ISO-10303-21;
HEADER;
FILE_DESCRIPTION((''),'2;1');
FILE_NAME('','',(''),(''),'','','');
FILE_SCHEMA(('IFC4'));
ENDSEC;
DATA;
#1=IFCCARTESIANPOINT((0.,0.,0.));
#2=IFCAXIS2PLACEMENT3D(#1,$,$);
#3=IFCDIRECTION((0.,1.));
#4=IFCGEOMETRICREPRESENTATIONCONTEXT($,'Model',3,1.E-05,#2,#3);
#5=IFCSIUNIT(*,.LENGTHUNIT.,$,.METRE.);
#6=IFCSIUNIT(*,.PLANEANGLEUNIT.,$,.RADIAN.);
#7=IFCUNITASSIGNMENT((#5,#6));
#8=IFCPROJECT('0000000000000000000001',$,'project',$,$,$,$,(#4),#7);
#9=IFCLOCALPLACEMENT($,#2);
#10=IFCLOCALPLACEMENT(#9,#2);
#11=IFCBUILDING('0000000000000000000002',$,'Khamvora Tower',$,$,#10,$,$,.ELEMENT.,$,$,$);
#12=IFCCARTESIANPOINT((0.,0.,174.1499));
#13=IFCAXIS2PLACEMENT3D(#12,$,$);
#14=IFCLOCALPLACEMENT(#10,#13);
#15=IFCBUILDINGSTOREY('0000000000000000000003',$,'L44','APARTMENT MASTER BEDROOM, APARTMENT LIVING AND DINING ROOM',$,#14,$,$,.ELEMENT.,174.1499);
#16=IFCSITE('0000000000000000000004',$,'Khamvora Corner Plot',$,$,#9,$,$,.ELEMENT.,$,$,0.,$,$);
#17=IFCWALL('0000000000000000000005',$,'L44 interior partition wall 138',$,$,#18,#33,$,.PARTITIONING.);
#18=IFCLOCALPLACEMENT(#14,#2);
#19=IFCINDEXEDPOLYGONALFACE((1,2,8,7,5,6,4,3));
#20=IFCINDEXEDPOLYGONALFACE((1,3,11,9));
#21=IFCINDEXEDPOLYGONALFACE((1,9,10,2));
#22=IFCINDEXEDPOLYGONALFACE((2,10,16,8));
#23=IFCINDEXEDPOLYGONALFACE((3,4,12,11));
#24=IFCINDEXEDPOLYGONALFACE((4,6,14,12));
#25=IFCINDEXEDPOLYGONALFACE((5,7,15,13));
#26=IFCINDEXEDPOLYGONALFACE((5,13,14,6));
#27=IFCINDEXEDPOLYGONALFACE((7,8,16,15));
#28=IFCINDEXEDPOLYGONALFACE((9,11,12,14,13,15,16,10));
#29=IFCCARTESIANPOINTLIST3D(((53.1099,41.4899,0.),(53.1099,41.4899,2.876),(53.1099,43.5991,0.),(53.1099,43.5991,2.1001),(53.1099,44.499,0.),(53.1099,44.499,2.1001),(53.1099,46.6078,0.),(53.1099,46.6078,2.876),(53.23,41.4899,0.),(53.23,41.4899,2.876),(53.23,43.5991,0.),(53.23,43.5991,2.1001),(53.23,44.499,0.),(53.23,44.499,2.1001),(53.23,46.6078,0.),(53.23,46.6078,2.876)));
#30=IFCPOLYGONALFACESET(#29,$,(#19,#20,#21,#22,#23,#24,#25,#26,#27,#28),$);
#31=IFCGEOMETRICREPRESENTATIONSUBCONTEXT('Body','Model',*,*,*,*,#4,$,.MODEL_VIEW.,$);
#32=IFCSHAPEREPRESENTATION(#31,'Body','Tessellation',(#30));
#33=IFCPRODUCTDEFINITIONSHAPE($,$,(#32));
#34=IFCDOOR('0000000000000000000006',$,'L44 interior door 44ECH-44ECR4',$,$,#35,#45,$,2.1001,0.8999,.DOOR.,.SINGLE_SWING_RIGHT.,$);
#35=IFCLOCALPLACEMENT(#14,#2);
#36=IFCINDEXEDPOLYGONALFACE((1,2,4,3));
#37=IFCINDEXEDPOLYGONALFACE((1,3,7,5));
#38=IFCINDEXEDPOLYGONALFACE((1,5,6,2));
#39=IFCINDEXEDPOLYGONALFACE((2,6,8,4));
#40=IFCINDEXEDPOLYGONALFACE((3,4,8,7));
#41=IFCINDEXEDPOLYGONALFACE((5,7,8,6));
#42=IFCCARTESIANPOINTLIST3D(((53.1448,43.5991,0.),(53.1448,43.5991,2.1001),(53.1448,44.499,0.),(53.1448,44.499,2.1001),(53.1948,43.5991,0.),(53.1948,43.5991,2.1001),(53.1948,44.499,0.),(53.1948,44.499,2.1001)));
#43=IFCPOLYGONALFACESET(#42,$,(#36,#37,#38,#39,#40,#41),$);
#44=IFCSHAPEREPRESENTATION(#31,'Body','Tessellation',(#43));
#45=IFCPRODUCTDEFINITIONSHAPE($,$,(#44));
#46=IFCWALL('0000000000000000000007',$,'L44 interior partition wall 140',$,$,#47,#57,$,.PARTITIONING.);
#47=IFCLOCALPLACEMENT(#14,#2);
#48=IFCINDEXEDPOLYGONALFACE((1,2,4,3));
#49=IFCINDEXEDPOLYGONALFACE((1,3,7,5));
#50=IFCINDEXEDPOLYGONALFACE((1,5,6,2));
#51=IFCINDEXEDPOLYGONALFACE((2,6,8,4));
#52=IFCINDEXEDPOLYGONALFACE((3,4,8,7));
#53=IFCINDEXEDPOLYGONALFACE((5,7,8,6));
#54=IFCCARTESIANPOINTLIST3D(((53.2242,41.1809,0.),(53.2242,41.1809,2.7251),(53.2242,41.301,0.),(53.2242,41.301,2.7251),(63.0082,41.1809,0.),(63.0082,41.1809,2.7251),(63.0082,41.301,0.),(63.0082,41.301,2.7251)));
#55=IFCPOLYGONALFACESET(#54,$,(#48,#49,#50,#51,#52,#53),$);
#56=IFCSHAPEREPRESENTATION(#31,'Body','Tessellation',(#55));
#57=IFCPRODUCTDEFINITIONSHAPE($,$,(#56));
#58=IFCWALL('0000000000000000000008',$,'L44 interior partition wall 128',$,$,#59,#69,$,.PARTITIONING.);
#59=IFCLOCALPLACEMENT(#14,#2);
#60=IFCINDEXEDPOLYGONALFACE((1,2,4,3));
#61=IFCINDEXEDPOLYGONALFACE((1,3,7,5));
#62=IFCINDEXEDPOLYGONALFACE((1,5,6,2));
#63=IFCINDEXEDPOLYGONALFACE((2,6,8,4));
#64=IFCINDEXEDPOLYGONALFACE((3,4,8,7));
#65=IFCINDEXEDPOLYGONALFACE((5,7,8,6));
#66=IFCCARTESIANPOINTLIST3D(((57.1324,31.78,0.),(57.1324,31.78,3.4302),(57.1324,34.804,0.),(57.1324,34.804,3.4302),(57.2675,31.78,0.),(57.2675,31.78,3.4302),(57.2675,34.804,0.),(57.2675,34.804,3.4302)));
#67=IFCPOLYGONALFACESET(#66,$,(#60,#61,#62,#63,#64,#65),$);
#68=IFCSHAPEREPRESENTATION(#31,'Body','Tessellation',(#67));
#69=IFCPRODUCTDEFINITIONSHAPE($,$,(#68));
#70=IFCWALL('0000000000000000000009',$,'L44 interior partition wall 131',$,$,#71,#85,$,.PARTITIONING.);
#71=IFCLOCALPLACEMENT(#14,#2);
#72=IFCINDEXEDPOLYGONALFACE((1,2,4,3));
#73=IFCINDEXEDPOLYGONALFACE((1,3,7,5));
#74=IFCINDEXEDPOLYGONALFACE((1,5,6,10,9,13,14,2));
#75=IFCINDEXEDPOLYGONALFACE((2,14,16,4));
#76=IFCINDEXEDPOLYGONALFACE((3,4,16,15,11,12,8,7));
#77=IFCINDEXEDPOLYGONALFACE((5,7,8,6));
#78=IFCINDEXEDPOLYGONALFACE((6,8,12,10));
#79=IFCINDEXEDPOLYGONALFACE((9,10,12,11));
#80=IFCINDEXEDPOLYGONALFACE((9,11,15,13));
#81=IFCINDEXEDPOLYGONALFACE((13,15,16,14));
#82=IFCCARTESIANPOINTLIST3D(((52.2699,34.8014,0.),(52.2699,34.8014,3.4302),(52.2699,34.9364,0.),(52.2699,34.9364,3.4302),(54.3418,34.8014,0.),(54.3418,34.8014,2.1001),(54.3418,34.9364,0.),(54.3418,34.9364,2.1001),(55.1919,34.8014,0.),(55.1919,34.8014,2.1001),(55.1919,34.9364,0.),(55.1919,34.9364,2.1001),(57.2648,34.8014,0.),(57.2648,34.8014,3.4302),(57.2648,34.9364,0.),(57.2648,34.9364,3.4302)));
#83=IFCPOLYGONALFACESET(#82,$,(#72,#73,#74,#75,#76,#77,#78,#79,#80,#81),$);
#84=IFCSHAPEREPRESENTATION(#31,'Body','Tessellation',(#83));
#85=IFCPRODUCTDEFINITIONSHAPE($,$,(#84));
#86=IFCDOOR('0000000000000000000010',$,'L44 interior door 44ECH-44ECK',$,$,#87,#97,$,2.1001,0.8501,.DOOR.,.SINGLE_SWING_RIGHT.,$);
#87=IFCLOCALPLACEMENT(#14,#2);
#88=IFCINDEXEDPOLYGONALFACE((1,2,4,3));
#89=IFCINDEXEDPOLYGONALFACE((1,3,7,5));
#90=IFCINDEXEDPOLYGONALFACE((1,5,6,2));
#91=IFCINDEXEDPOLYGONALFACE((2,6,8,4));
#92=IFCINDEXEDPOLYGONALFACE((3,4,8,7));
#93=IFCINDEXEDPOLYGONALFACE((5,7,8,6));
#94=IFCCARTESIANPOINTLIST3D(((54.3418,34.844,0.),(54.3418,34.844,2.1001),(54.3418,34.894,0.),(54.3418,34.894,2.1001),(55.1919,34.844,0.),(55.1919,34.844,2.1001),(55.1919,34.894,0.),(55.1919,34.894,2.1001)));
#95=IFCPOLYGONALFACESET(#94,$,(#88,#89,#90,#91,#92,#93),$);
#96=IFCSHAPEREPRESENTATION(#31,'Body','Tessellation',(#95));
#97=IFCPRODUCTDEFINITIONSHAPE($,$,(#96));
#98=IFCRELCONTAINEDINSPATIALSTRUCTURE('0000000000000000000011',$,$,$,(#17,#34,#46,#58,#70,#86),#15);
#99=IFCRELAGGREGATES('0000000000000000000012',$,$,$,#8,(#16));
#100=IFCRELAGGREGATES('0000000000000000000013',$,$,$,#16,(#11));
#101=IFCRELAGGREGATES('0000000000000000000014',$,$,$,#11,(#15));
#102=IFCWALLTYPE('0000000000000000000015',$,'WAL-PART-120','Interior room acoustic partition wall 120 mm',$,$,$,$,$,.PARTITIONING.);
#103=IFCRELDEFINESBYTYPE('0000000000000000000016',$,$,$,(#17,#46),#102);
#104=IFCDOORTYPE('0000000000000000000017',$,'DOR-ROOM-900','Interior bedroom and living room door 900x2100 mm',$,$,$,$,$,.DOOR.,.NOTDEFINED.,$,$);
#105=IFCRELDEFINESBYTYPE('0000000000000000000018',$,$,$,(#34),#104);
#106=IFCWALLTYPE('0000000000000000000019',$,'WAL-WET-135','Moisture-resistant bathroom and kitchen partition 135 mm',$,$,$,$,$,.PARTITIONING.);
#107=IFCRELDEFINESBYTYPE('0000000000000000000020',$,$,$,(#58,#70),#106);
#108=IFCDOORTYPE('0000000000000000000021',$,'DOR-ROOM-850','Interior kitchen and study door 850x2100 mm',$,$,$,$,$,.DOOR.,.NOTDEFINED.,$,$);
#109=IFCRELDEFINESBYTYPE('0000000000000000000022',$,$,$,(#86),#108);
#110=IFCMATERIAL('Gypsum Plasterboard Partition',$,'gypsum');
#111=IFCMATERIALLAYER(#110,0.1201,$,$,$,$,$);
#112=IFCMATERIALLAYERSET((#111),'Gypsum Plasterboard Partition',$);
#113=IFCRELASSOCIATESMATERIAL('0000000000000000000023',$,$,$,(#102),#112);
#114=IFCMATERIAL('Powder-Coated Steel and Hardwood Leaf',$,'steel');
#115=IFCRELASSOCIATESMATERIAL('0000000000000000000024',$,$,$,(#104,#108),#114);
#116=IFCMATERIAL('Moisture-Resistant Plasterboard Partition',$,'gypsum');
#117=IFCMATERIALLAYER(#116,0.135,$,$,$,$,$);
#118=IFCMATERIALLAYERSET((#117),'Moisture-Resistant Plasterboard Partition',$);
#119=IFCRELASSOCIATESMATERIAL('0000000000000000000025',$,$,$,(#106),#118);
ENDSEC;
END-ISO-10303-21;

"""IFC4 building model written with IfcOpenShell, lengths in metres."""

from ifc_helpers import new_model, si_unit, direction, frame, frame_2d, origin, place, context, subcontext, project, spatial, rectangle, extrude, material, layer, layer_set, type_object, element, fill, save


model = new_model("IFC4")

# Units and contexts
model_context = context("Model", 3, precision=1e-05, world=origin(), true_north=direction((0.0, 1.0)))
body_context = subcontext(model_context, "Body", "Model", "MODEL_VIEW")
ifc_project = project(units=[si_unit("LENGTHUNIT", "METRE"), si_unit("PLANEANGLEUNIT", "RADIAN")], contexts=[model_context])

# Site, building, storey
site_placement = place(None, origin())
site = spatial("IfcSite", under=ifc_project, at=site_placement, Name="Khamvora Corner Plot", CompositionType="ELEMENT", RefElevation=0.0)
building_placement = place(site_placement, origin())
building = spatial("IfcBuilding", under=site, at=building_placement, Name="Khamvora Tower", CompositionType="ELEMENT")
storey_placement = place(building_placement, frame((0.0, 0.0, 174.1499)))
storey = spatial("IfcBuildingStorey", under=building, at=storey_placement, Name="L44", Description="APARTMENT MASTER BEDROOM, APARTMENT LIVING AND DINING ROOM", CompositionType="ELEMENT", Elevation=174.1499)

# Shared definitions
ifc_material_1 = material(Name="Powder-Coated Steel and Hardwood Leaf", Category="steel")

# Wall, opening, door
ifc_material_2 = material(Name="Gypsum Plasterboard Partition", Category="gypsum")
ifc_layer_1 = layer(ifc_material_2, 0.1201)
ifc_layer_set_1 = layer_set([ifc_layer_1], Name="Gypsum Plasterboard Partition")
wall_type_1 = type_object("IfcWallType", Name="WAL-PART-120", Description="Interior room acoustic partition wall 120 mm", PredefinedType="PARTITIONING", material=ifc_layer_set_1)
door_type_1 = type_object("IfcDoorType", Name="DOR-ROOM-900", Description="Interior bedroom and living room door 900x2100 mm", OperationType="NOTDEFINED", PredefinedType="DOOR", material=ifc_material_1)
wall_1_placement = place(storey_placement, frame((53.1699, 46.6079, 0.0), z_axis=(0.0, 0.0, 1.0), x_axis=(0.0, -1.0, 0.0)))
wall_1 = element("IfcWall", 1, at=wall_1_placement, inside=storey, type_object=wall_type_1, Name="L44 interior partition wall 138", PredefinedType="PARTITIONING", context=body_context, shape_type="SweptSolid", body=[
    extrude(rectangle(XDim=5.1179, YDim=0.1201, at=frame_2d((2.5591, 0.0))), origin(), (0.0, 0.0, 1.0), 2.876),
])
opening_1_placement = place(wall_1_placement, frame((2.1089, 0.0, 0.0)))
opening_1 = element("IfcOpeningElement", 2, at=opening_1_placement, cuts=wall_1, PredefinedType="OPENING", context=body_context, shape_type="SweptSolid", body=[
    extrude(rectangle(XDim=0.8999, YDim=2.1001, at=frame_2d((0.45, 1.05))), frame((0.0, 0.0701, 0.0), z_axis=(0.0, -1.0, 0.0), x_axis=(1.0, 0.0, 0.0)), (0.0, 0.0, 1.0), 0.1401),
])
door_1_placement = place(opening_1_placement, origin())
door_1 = element("IfcDoor", 3, at=door_1_placement, inside=storey, type_object=door_type_1, Name="L44 interior door 44ECH-44ECR4", OperationType="SINGLE_SWING_RIGHT", OverallHeight=2.1001, OverallWidth=0.8999, PredefinedType="DOOR", context=body_context, shape_type="SweptSolid", body=[
    extrude(rectangle(XDim=0.8999, YDim=2.1001, at=frame_2d((0.45, 1.05))), frame((0.0, 0.0249, 0.0), z_axis=(0.0, -1.0, 0.0), x_axis=(1.0, 0.0, 0.0)), (0.0, 0.0, 1.0), 0.05),
])
fill(opening_1, door_1)

# Walls
wall_2_placement = place(storey_placement, frame((53.2241, 41.241, 0.0), z_axis=(0.0, 0.0, 1.0), x_axis=(1.0, 0.0, 0.0)))
element("IfcWall", 4, at=wall_2_placement, inside=storey, type_object=wall_type_1, Name="L44 interior partition wall 140", PredefinedType="PARTITIONING", context=body_context, shape_type="SweptSolid", body=[
    extrude(rectangle(XDim=9.7839, YDim=0.1201, at=frame_2d((4.8921, 0.0))), origin(), (0.0, 0.0, 1.0), 2.7251),
])
ifc_material_3 = material(Name="Moisture-Resistant Plasterboard Partition", Category="gypsum")
ifc_layer_2 = layer(ifc_material_3, 0.135)
ifc_layer_set_2 = layer_set([ifc_layer_2], Name="Moisture-Resistant Plasterboard Partition")
wall_type_2 = type_object("IfcWallType", Name="WAL-WET-135", Description="Moisture-resistant bathroom and kitchen partition 135 mm", PredefinedType="PARTITIONING", material=ifc_layer_set_2)
wall_3_placement = place(storey_placement, frame((57.2, 31.78, 0.0), z_axis=(0.0, 0.0, 1.0), x_axis=(0.0, 1.0, 0.0)))
element("IfcWall", 5, at=wall_3_placement, inside=storey, type_object=wall_type_2, Name="L44 interior partition wall 128", PredefinedType="PARTITIONING", context=body_context, shape_type="SweptSolid", body=[
    extrude(rectangle(XDim=3.0239, YDim=0.135, at=frame_2d((1.512, 0.0))), origin(), (0.0, 0.0, 1.0), 3.4302),
])

# Wall, opening, door
wall_4_placement = place(storey_placement, frame((57.2649, 34.8689, 0.0), z_axis=(0.0, 0.0, 1.0), x_axis=(-1.0, 0.0, 0.0)))
wall_4 = element("IfcWall", 6, at=wall_4_placement, inside=storey, type_object=wall_type_2, Name="L44 interior partition wall 131", PredefinedType="PARTITIONING", context=body_context, shape_type="SweptSolid", body=[
    extrude(rectangle(XDim=4.9949, YDim=0.135, at=frame_2d((2.4976, 0.0))), origin(), (0.0, 0.0, 1.0), 3.4302),
])
opening_2_placement = place(wall_4_placement, frame((2.073, 0.0, 0.0)))
opening_2 = element("IfcOpeningElement", 7, at=opening_2_placement, cuts=wall_4, PredefinedType="OPENING", context=body_context, shape_type="SweptSolid", body=[
    extrude(rectangle(XDim=0.8501, YDim=2.1001, at=frame_2d((0.425, 1.05))), frame((0.0, 0.0774, 0.0), z_axis=(0.0, -1.0, 0.0), x_axis=(1.0, 0.0, 0.0)), (0.0, 0.0, 1.0), 0.155),
])
door_type_2 = type_object("IfcDoorType", Name="DOR-ROOM-850", Description="Interior kitchen and study door 850x2100 mm", OperationType="NOTDEFINED", PredefinedType="DOOR", material=ifc_material_1)
door_2_placement = place(opening_2_placement, origin())
door_2 = element("IfcDoor", 8, at=door_2_placement, inside=storey, type_object=door_type_2, Name="L44 interior door 44ECH-44ECK", OperationType="SINGLE_SWING_RIGHT", OverallHeight=2.1001, OverallWidth=0.8501, PredefinedType="DOOR", context=body_context, shape_type="SweptSolid", body=[
    extrude(rectangle(XDim=0.8501, YDim=2.1001, at=frame_2d((0.425, 1.05))), frame((0.0, 0.0249, 0.0), z_axis=(0.0, -1.0, 0.0), x_axis=(1.0, 0.0, 0.0)), (0.0, 0.0, 1.0), 0.05),
])
fill(opening_2, door_2)

save(model, "model.ifc")
